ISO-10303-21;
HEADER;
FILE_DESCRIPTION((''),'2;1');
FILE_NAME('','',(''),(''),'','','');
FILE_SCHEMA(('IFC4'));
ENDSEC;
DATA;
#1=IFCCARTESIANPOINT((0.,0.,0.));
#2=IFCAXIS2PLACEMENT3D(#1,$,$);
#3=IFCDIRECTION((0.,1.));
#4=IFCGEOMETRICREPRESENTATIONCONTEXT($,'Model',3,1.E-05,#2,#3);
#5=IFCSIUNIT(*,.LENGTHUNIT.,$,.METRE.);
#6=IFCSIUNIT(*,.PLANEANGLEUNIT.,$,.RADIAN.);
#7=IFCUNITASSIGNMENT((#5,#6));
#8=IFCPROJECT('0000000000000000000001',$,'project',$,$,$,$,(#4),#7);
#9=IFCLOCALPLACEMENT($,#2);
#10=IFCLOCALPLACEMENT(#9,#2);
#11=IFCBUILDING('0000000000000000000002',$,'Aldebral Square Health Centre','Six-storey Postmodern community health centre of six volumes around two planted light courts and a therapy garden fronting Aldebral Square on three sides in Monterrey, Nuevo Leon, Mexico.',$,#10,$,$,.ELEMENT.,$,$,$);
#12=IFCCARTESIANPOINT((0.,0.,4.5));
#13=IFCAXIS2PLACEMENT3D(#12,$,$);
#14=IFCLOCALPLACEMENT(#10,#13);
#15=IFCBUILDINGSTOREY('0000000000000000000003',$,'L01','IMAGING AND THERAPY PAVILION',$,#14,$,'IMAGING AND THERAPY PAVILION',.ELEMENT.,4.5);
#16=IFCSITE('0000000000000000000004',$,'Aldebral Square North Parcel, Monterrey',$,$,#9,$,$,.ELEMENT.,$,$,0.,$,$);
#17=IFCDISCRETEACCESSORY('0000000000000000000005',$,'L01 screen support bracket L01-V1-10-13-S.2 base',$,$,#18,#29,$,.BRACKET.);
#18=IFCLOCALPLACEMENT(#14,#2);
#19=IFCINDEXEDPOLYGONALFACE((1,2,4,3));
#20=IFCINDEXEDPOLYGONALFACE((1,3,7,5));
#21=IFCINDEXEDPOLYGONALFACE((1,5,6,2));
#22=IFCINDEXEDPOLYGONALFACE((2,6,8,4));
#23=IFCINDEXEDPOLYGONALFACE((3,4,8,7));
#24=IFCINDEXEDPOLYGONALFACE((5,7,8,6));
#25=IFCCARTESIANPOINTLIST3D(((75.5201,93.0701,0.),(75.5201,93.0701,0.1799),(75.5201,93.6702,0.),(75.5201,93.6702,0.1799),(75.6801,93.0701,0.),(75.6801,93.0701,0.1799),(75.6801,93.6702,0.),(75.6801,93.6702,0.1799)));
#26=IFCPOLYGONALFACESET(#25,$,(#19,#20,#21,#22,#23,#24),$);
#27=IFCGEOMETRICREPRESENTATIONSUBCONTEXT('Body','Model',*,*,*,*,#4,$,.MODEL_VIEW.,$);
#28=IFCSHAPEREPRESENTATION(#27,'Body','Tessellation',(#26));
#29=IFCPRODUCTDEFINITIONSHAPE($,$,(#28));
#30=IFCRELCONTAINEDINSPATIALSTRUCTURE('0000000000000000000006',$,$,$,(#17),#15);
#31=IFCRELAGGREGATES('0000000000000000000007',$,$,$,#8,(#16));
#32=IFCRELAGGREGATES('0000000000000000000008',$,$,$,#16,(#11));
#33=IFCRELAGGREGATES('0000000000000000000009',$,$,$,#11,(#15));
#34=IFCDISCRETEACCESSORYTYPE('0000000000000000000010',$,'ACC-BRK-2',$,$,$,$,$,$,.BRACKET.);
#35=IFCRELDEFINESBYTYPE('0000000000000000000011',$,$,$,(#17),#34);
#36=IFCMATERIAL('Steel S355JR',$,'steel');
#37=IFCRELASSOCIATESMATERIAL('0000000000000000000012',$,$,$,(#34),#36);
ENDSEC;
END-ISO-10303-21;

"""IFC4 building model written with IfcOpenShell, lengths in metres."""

from ifc_helpers import new_model, si_unit, direction, frame, origin, origin_2d, place, context, subcontext, project, spatial, rectangle, extrude, material, type_object, element, save


model = new_model("IFC4")

# Units and contexts
model_context = context("Model", 3, precision=1e-05, world=origin(), true_north=direction((0.0, 1.0)))
body_context = subcontext(model_context, "Body", "Model", "MODEL_VIEW")
ifc_project = project(units=[si_unit("LENGTHUNIT", "METRE"), si_unit("PLANEANGLEUNIT", "RADIAN")], contexts=[model_context])

# Site, building, storey
site_placement = place(None, origin())
site = spatial("IfcSite", under=ifc_project, at=site_placement, Name="Aldebral Square North Parcel, Monterrey", CompositionType="ELEMENT", RefElevation=0.0)
building_placement = place(site_placement, origin())
building = spatial("IfcBuilding", under=site, at=building_placement, Name="Aldebral Square Health Centre", Description="Six-storey Postmodern community health centre of six volumes around two planted light courts and a therapy garden fronting Aldebral Square on three sides in Monterrey, Nuevo Leon, Mexico.", CompositionType="ELEMENT")
storey_placement = place(building_placement, frame((0.0, 0.0, 4.5)))
storey = spatial("IfcBuildingStorey", under=building, at=storey_placement, Name="L01", Description="IMAGING AND THERAPY PAVILION", LongName="IMAGING AND THERAPY PAVILION", CompositionType="ELEMENT", Elevation=4.5)

# Discrete accessory
ifc_material_1 = material(Name="Steel S355JR", Category="steel")
discrete_accessory_type = type_object("IfcDiscreteAccessoryType", Name="ACC-BRK-2", PredefinedType="BRACKET", material=ifc_material_1)
for number, where, z_axis, x_axis, name in (
    (1, (75.6001, 93.3701, 0.0), (0.0, 0.0, 1.0), (1.0, 0.0, 0.0), "L01 screen support bracket L01-V1-10-13-S.2 base"),
):
    element("IfcDiscreteAccessory", number, at=place(storey_placement, frame(where, z_axis=z_axis, x_axis=x_axis)), inside=storey, type_object=discrete_accessory_type, Name=name, PredefinedType="BRACKET", context=body_context, shape_type="SweptSolid", body=[
        extrude(rectangle(XDim=0.1599, YDim=0.6001, at=origin_2d()), origin(), (0.0, 0.0, 1.0), 0.1799),
    ])

save(model, "model.ifc")
